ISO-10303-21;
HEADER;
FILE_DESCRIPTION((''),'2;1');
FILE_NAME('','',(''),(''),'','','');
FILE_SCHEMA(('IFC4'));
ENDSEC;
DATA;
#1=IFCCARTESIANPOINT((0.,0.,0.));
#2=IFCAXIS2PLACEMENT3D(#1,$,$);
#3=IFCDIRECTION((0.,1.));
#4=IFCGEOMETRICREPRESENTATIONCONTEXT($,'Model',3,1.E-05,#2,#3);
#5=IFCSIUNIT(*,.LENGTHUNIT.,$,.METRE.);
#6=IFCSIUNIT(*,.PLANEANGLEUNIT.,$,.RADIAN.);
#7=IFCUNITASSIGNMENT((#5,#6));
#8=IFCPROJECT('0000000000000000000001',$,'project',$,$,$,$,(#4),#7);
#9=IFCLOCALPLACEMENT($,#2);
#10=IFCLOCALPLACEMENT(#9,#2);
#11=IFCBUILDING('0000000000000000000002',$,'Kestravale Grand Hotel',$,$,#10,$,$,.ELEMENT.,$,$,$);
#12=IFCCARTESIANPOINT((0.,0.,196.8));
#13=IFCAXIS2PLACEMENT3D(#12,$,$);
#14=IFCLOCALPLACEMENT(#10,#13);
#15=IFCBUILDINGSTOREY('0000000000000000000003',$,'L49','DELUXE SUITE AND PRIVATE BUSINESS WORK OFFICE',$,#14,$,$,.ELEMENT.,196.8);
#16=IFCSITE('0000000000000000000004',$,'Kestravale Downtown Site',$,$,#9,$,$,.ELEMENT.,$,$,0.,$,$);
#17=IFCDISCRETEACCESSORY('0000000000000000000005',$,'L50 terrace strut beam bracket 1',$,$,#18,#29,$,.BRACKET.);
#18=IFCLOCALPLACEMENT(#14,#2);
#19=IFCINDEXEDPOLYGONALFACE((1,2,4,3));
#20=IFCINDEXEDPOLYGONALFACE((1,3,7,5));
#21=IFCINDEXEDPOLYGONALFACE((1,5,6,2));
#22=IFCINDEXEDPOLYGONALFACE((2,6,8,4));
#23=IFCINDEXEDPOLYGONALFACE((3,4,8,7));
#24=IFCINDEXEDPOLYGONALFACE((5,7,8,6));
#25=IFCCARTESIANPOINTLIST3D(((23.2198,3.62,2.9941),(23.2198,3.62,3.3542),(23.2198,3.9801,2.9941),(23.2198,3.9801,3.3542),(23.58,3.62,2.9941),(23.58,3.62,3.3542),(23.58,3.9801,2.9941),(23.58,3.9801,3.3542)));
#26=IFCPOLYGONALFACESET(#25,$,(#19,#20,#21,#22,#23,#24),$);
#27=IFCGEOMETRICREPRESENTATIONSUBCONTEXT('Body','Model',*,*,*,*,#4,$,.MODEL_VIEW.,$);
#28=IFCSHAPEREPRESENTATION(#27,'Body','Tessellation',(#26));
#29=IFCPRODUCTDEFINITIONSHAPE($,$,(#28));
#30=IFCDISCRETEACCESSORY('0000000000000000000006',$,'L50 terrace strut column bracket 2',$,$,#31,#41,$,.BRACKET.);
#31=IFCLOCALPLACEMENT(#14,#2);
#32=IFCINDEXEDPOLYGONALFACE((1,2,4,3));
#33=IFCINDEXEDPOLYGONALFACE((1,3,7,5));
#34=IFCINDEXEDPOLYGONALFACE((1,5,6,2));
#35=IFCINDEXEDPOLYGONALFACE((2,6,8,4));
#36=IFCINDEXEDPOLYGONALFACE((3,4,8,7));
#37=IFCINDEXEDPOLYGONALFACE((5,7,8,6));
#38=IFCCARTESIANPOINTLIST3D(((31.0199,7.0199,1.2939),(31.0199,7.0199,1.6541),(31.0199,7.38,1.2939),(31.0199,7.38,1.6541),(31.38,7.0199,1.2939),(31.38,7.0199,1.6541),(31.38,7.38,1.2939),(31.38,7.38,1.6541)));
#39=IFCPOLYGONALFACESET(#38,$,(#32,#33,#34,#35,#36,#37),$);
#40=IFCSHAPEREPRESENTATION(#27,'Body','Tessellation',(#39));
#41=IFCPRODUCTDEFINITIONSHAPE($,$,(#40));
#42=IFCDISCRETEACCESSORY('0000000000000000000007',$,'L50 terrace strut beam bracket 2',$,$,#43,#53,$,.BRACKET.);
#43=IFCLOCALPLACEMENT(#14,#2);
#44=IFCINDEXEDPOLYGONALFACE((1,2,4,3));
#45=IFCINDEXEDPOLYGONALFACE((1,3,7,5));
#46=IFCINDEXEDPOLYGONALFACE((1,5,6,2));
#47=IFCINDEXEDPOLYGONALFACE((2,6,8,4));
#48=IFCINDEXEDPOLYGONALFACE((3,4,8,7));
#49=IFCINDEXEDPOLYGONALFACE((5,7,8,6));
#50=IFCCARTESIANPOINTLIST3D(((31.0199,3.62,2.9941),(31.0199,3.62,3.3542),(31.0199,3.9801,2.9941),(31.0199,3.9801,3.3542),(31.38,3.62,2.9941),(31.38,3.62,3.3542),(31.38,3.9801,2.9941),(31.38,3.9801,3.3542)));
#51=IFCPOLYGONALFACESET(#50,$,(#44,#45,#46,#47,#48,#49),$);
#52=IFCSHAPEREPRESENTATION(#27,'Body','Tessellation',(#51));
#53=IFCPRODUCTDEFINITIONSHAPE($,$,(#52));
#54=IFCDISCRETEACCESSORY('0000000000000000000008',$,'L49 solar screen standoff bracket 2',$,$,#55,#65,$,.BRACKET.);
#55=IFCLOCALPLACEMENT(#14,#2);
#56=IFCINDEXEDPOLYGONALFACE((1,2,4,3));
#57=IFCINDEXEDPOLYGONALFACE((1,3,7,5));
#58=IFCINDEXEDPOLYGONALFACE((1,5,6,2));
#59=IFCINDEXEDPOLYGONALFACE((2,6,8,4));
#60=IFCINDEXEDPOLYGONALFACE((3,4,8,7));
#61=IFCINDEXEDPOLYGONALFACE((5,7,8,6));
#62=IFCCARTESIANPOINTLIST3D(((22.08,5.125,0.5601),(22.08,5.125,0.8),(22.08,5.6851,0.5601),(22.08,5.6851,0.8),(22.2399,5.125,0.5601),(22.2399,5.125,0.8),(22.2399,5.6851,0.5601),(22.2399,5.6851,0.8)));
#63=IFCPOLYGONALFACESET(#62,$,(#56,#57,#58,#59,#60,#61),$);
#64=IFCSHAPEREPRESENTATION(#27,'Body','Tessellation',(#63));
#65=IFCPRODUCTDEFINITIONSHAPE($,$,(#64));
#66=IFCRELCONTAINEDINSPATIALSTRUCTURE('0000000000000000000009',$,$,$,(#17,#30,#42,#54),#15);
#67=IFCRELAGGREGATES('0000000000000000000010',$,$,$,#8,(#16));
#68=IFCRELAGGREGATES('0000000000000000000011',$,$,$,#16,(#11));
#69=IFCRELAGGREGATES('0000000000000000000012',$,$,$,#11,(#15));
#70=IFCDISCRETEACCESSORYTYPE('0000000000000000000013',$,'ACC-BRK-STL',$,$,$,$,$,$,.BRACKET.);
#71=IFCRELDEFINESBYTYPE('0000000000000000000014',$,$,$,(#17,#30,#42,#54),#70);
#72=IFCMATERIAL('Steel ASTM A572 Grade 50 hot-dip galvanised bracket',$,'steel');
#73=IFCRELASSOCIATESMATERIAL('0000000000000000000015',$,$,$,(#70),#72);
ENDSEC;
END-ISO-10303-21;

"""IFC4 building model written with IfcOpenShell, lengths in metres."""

from ifc_helpers import new_model, si_unit, direction, frame, origin, origin_2d, place, context, subcontext, project, spatial, rectangle, extrude, material, type_object, element, save


model = new_model("IFC4")

# Units and contexts
model_context = context("Model", 3, precision=1e-05, world=origin(), true_north=direction((0.0, 1.0)))
body_context = subcontext(model_context, "Body", "Model", "MODEL_VIEW")
ifc_project = project(units=[si_unit("LENGTHUNIT", "METRE"), si_unit("PLANEANGLEUNIT", "RADIAN")], contexts=[model_context])

# Site, building, storey
site_placement = place(None, origin())
site = spatial("IfcSite", under=ifc_project, at=site_placement, Name="Kestravale Downtown Site", CompositionType="ELEMENT", RefElevation=0.0)
building_placement = place(site_placement, origin())
building = spatial("IfcBuilding", under=site, at=building_placement, Name="Kestravale Grand Hotel", CompositionType="ELEMENT")
storey_placement = place(building_placement, frame((0.0, 0.0, 196.8)))
storey = spatial("IfcBuildingStorey", under=building, at=storey_placement, Name="L49", Description="DELUXE SUITE AND PRIVATE BUSINESS WORK OFFICE", CompositionType="ELEMENT", Elevation=196.8)

# Discrete accessories
ifc_material_1 = material(Name="Steel ASTM A572 Grade 50 hot-dip galvanised bracket", Category="steel")
discrete_accessory_type = type_object("IfcDiscreteAccessoryType", Name="ACC-BRK-STL", PredefinedType="BRACKET", material=ifc_material_1)
for number, where, z_axis, x_axis, name in (
    (1, (23.3999, 3.8, 2.9941), (0.0, 0.0, 1.0), (1.0, 0.0, 0.0), "L50 terrace strut beam bracket 1"),
    (2, (31.2, 7.2, 1.2939), (0.0, 0.0, 1.0), (1.0, 0.0, 0.0), "L50 terrace strut column bracket 2"),
    (3, (31.2, 3.8, 2.9941), (0.0, 0.0, 1.0), (1.0, 0.0, 0.0), "L50 terrace strut beam bracket 2"),
):
    element("IfcDiscreteAccessory", number, at=place(storey_placement, frame(where, z_axis=z_axis, x_axis=x_axis)), inside=storey, type_object=discrete_accessory_type, Name=name, PredefinedType="BRACKET", context=body_context, shape_type="SweptSolid", body=[
        extrude(rectangle(XDim=0.3601, YDim=0.3601, at=origin_2d()), origin(), (0.0, 0.0, 1.0), 0.3601),
    ])
discrete_accessory_placement = place(storey_placement, frame((22.1599, 5.405, 0.5601), z_axis=(0.0, 0.0, 1.0), x_axis=(1.0, 0.0, 0.0)))
element("IfcDiscreteAccessory", 4, at=discrete_accessory_placement, inside=storey, type_object=discrete_accessory_type, Name="L49 solar screen standoff bracket 2", PredefinedType="BRACKET", context=body_context, shape_type="SweptSolid", body=[
    extrude(rectangle(XDim=0.1599, YDim=0.5601, at=origin_2d()), origin(), (0.0, 0.0, 1.0), 0.24),
])

save(model, "model.ifc")
